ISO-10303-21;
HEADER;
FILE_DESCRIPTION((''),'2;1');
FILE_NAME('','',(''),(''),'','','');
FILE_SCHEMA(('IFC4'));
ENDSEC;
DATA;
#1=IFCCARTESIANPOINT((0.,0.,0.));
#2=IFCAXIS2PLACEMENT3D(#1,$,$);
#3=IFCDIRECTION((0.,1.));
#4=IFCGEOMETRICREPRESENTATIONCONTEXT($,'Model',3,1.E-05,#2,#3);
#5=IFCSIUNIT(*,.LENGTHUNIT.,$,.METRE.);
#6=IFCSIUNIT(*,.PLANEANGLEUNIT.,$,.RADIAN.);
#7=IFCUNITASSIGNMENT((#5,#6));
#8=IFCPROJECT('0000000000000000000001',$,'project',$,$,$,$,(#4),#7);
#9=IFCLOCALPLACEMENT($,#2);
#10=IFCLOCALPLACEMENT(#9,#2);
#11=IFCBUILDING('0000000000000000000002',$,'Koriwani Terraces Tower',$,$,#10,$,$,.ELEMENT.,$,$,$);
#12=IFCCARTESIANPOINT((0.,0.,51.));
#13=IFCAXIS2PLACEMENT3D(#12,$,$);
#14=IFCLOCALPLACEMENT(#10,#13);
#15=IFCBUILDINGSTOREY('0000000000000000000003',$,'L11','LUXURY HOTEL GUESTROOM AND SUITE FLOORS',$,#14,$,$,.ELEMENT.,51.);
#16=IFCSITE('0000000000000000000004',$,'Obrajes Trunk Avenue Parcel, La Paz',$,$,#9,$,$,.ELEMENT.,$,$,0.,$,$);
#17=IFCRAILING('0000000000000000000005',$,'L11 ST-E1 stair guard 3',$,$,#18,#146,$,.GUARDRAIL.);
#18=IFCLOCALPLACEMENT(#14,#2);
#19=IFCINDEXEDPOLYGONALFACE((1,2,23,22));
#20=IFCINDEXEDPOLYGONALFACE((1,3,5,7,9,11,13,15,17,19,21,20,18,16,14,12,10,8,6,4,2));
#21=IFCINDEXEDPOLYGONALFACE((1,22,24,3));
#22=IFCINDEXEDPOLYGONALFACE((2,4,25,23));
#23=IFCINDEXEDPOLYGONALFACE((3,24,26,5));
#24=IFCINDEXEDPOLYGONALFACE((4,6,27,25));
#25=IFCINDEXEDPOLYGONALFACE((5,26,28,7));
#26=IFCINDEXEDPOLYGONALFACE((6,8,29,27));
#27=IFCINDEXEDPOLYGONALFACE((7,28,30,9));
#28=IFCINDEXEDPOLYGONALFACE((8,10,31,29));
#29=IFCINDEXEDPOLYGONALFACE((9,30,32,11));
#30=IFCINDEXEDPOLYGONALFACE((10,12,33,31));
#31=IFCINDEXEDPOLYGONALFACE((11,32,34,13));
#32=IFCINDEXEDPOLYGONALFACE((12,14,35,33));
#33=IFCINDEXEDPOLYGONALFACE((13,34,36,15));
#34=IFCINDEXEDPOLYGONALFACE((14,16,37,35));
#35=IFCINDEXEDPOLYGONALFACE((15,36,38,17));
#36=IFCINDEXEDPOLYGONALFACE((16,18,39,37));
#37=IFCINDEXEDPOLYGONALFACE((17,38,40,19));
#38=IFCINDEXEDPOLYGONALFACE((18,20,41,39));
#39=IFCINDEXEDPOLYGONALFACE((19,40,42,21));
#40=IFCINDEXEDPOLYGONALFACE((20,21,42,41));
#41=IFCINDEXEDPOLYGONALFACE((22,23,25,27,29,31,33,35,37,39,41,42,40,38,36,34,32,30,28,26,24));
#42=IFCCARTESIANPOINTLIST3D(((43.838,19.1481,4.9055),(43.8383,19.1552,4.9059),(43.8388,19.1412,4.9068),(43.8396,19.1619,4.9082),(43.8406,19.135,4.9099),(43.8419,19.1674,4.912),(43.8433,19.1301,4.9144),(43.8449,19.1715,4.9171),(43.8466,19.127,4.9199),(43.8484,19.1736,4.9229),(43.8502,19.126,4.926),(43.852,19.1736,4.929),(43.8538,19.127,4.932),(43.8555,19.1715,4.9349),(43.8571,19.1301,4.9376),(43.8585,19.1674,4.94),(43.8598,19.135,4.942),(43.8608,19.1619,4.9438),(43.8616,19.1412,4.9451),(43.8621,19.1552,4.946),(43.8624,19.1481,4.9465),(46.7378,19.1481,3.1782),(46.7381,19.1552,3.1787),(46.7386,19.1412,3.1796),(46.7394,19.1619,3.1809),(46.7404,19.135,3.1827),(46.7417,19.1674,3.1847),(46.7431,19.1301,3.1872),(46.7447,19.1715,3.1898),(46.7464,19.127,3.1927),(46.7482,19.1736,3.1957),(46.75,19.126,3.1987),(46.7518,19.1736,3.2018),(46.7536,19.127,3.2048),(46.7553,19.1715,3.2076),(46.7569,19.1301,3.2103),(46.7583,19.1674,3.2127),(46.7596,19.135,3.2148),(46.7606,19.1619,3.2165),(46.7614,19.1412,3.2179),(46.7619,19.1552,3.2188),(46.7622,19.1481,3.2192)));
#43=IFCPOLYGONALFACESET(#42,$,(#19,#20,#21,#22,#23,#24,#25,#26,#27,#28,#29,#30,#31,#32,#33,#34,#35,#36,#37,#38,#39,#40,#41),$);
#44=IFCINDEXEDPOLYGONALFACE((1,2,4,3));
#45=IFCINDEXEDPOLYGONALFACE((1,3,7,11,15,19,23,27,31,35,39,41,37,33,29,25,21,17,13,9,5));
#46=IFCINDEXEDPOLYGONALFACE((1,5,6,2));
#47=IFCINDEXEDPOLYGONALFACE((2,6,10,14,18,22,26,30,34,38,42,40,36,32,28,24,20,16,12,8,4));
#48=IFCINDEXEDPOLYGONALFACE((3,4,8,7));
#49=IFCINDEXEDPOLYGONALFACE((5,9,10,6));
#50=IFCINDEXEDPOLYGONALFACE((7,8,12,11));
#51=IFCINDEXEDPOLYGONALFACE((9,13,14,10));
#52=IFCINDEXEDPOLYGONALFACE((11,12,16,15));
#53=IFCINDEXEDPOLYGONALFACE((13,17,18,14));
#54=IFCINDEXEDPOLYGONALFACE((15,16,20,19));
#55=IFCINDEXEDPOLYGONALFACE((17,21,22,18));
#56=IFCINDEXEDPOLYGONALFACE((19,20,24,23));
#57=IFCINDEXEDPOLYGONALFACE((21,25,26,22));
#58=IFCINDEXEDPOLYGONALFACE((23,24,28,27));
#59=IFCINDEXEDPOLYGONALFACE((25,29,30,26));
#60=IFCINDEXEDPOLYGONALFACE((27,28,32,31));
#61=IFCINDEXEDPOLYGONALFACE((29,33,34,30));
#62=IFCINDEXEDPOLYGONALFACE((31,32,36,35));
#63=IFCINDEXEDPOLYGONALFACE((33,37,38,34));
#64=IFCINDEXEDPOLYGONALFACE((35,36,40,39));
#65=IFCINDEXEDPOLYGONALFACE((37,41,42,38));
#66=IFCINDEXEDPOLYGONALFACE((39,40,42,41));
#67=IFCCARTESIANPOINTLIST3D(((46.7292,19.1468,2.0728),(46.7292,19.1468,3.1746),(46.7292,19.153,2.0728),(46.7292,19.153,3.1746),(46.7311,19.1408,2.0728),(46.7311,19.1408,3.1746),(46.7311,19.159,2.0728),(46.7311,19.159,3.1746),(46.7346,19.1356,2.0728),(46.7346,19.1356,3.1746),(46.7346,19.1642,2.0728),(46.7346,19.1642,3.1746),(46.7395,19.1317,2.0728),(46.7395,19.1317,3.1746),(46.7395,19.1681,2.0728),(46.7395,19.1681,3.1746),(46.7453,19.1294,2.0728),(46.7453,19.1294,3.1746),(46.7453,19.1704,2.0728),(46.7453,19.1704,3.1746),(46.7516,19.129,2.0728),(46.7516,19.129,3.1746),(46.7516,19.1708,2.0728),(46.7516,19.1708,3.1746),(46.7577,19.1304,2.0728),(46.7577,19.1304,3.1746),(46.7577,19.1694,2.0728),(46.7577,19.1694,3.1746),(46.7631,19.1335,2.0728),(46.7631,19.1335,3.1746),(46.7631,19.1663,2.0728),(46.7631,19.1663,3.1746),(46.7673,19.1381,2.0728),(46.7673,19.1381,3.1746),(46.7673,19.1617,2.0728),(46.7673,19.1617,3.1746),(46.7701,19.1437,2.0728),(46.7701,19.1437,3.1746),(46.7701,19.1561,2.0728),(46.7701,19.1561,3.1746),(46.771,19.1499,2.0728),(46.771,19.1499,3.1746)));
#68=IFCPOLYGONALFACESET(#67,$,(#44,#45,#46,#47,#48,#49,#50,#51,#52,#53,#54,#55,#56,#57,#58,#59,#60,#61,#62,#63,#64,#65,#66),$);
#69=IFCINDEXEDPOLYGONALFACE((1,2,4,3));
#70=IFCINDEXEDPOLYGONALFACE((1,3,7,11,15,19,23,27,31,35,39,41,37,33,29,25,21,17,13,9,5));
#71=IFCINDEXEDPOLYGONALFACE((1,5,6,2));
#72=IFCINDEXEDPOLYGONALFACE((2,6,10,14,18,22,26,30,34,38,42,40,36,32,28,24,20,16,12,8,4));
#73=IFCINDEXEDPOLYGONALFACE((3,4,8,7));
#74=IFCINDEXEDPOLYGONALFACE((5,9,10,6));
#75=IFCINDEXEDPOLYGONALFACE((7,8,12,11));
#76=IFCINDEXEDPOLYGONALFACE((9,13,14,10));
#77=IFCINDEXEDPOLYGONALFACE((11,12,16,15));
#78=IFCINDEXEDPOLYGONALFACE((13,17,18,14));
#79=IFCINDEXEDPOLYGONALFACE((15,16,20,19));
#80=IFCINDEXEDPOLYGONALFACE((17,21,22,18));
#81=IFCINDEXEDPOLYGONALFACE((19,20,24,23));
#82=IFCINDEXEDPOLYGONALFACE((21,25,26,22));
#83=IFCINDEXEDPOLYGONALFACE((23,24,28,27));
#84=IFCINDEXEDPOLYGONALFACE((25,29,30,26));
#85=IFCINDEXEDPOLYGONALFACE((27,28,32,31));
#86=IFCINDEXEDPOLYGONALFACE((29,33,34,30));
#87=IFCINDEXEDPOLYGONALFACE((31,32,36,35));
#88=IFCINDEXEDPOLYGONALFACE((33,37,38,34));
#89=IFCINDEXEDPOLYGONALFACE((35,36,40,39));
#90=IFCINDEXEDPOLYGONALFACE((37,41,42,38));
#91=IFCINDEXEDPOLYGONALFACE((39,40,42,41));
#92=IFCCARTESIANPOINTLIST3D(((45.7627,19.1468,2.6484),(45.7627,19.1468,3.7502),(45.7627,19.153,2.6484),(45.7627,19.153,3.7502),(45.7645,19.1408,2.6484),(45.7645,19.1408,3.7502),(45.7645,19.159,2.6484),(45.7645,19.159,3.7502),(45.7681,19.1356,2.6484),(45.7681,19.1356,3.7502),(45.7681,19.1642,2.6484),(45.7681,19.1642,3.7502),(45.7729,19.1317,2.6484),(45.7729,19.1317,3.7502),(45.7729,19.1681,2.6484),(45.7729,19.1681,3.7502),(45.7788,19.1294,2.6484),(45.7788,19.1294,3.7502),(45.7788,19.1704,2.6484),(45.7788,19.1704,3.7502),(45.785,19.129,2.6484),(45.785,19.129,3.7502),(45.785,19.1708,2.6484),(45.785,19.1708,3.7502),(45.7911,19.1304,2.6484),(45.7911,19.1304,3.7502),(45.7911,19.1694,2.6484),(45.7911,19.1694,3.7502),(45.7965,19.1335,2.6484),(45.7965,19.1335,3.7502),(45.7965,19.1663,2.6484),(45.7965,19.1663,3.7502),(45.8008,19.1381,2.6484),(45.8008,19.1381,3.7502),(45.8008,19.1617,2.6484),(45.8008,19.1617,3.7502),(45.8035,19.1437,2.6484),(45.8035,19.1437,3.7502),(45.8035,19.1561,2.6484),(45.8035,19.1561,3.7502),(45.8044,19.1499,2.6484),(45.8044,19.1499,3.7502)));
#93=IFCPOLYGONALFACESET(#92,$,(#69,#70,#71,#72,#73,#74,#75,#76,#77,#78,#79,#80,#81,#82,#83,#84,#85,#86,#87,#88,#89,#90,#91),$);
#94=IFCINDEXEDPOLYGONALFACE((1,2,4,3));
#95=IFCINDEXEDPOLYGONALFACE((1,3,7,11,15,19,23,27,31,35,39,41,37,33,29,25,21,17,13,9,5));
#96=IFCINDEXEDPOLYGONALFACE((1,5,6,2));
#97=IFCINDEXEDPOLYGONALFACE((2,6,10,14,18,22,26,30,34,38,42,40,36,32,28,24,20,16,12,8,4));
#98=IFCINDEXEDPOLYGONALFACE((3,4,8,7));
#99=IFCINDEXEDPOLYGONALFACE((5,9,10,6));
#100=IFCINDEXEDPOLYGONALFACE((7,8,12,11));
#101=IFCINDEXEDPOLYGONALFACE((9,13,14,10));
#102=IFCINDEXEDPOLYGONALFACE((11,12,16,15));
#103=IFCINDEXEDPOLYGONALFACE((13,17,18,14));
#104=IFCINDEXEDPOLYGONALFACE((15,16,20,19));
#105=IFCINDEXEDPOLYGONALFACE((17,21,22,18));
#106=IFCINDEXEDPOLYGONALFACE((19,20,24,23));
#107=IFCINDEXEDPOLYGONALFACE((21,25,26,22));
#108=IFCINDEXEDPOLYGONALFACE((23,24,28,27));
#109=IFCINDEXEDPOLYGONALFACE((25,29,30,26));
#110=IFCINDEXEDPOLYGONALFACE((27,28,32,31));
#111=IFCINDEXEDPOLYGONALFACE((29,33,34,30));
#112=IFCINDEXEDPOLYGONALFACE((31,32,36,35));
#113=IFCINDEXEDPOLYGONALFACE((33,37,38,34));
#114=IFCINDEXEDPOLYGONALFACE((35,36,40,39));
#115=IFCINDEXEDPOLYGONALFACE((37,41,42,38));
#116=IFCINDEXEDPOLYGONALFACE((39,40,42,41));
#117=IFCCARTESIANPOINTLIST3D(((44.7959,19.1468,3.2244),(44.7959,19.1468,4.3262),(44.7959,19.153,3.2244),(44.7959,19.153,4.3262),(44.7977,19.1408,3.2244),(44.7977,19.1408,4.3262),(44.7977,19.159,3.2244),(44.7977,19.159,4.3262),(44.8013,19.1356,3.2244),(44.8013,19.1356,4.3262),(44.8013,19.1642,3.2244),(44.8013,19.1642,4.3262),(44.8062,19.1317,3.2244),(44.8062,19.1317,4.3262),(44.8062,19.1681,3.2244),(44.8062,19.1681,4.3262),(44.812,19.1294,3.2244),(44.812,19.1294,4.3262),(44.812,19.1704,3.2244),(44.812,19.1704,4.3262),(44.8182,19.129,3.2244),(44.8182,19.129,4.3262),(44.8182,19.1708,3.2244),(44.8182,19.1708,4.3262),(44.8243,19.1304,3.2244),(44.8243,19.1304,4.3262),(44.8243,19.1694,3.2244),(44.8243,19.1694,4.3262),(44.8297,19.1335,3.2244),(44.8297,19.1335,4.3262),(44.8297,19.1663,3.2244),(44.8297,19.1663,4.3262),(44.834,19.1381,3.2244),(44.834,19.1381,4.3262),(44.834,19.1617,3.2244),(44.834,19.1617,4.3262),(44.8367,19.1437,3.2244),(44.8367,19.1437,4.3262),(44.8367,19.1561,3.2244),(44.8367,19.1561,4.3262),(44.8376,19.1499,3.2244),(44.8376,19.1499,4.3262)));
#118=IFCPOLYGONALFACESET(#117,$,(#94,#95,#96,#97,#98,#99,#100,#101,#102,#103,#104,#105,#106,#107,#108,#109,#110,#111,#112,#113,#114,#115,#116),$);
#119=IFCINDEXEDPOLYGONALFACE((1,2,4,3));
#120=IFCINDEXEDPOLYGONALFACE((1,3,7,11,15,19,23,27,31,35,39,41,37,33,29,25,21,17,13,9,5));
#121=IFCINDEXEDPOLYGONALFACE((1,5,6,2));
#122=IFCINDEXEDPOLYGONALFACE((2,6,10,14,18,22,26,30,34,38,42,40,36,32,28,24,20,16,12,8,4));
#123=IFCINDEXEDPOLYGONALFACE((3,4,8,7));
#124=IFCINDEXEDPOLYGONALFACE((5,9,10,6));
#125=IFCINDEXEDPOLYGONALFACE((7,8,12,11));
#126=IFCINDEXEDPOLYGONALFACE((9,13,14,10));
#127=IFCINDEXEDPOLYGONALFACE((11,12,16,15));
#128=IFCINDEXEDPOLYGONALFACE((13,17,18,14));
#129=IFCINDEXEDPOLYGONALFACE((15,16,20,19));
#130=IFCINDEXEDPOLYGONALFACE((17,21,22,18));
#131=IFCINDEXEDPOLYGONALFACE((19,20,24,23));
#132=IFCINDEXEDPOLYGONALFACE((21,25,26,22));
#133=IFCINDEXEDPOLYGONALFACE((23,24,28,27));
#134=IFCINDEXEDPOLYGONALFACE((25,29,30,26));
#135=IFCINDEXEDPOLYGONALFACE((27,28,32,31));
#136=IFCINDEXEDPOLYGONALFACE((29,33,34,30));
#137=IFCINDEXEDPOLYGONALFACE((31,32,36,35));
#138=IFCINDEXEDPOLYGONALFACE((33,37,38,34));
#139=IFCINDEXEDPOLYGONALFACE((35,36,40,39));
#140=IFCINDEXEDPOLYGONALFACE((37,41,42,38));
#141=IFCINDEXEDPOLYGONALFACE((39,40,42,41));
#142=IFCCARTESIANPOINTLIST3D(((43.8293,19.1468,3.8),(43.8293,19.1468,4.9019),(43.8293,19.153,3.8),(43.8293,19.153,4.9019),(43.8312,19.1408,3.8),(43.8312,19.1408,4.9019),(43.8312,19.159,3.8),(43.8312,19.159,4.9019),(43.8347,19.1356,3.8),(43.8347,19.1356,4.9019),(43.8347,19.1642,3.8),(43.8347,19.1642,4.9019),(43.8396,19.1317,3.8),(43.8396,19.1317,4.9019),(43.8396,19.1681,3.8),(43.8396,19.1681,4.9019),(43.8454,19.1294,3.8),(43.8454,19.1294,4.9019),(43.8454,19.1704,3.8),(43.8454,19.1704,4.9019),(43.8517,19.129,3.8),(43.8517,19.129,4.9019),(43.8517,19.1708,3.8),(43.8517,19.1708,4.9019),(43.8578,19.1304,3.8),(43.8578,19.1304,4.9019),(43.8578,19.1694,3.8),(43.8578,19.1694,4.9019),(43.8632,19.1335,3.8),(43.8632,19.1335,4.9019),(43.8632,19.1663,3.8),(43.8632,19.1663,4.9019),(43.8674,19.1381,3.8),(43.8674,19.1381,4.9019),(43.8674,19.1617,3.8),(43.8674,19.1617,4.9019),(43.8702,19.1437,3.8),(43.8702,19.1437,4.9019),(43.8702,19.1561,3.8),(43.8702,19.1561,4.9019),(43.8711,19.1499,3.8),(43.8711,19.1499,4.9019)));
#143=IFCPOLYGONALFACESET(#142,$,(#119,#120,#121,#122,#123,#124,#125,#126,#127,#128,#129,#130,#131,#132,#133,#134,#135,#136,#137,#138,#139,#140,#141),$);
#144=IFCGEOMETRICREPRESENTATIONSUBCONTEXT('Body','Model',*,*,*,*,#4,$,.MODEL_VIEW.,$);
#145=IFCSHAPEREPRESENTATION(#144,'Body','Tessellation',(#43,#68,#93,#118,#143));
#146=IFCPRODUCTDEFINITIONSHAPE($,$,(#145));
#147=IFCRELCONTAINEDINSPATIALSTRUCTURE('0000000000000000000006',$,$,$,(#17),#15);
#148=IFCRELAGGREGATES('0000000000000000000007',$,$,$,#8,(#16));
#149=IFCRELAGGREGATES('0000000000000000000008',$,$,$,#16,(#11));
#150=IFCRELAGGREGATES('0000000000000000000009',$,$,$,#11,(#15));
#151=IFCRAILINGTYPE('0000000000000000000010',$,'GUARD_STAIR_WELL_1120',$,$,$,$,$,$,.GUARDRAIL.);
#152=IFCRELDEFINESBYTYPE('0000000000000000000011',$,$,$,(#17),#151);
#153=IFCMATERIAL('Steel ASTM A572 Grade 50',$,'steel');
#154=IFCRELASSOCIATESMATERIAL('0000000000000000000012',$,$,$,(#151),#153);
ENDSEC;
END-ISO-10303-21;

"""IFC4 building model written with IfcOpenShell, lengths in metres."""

from ifc_helpers import new_model, si_unit, direction, frame, origin, origin_2d, place, context, subcontext, project, spatial, circle, extrude, material, type_object, element, save


model = new_model("IFC4")

# Units and contexts
model_context = context("Model", 3, precision=1e-05, world=origin(), true_north=direction((0.0, 1.0)))
body_context = subcontext(model_context, "Body", "Model", "MODEL_VIEW")
ifc_project = project(units=[si_unit("LENGTHUNIT", "METRE"), si_unit("PLANEANGLEUNIT", "RADIAN")], contexts=[model_context])

# Site, building, storey
site_placement = place(None, origin())
site = spatial("IfcSite", under=ifc_project, at=site_placement, Name="Obrajes Trunk Avenue Parcel, La Paz", CompositionType="ELEMENT", RefElevation=0.0)
building_placement = place(site_placement, origin())
building = spatial("IfcBuilding", under=site, at=building_placement, Name="Koriwani Terraces Tower", CompositionType="ELEMENT")
storey_placement = place(building_placement, frame((0.0, 0.0, 51.0)))
storey = spatial("IfcBuildingStorey", under=building, at=storey_placement, Name="L11", Description="LUXURY HOTEL GUESTROOM AND SUITE FLOORS", CompositionType="ELEMENT", Elevation=51.0)

# Shared definitions
ifc_material_1 = material(Name="Steel ASTM A572 Grade 50", Category="steel")

# Railing
railing_type_1 = type_object("IfcRailingType", Name="GUARD_STAIR_WELL_1120", PredefinedType="GUARDRAIL", material=ifc_material_1)
railing_1_placement = place(storey_placement, frame((46.75, 19.1499, 2.0728)))
element("IfcRailing", 1, at=railing_1_placement, inside=storey, type_object=railing_type_1, Name="L11 ST-E1 stair guard 3", PredefinedType="GUARDRAIL", context=body_context, shape_type="SweptSolid", body=[
    extrude(circle(Radius=0.0239, at=origin_2d()), frame((0.0, 0.0, 1.126), z_axis=(-0.859141, 0.0, 0.511738), x_axis=(0.0, -1.0, 0.0)), (0.0, 0.0, 1.0), 3.3752),
    extrude(circle(Radius=0.021, at=origin_2d()), origin(), (0.0, 0.0, 1.0), 1.1018),
    extrude(circle(Radius=0.021, at=origin_2d()), frame((-0.9666, 0.0, 0.5757)), (0.0, 0.0, 1.0), 1.1018),
    extrude(circle(Radius=0.021, at=origin_2d()), frame((-1.9333, 0.0, 1.1516)), (0.0, 0.0, 1.0), 1.1018),
    extrude(circle(Radius=0.021, at=origin_2d()), frame((-2.8999, 0.0, 1.7273)), (0.0, 0.0, 1.0), 1.1018),
])

save(model, "model.ifc")
